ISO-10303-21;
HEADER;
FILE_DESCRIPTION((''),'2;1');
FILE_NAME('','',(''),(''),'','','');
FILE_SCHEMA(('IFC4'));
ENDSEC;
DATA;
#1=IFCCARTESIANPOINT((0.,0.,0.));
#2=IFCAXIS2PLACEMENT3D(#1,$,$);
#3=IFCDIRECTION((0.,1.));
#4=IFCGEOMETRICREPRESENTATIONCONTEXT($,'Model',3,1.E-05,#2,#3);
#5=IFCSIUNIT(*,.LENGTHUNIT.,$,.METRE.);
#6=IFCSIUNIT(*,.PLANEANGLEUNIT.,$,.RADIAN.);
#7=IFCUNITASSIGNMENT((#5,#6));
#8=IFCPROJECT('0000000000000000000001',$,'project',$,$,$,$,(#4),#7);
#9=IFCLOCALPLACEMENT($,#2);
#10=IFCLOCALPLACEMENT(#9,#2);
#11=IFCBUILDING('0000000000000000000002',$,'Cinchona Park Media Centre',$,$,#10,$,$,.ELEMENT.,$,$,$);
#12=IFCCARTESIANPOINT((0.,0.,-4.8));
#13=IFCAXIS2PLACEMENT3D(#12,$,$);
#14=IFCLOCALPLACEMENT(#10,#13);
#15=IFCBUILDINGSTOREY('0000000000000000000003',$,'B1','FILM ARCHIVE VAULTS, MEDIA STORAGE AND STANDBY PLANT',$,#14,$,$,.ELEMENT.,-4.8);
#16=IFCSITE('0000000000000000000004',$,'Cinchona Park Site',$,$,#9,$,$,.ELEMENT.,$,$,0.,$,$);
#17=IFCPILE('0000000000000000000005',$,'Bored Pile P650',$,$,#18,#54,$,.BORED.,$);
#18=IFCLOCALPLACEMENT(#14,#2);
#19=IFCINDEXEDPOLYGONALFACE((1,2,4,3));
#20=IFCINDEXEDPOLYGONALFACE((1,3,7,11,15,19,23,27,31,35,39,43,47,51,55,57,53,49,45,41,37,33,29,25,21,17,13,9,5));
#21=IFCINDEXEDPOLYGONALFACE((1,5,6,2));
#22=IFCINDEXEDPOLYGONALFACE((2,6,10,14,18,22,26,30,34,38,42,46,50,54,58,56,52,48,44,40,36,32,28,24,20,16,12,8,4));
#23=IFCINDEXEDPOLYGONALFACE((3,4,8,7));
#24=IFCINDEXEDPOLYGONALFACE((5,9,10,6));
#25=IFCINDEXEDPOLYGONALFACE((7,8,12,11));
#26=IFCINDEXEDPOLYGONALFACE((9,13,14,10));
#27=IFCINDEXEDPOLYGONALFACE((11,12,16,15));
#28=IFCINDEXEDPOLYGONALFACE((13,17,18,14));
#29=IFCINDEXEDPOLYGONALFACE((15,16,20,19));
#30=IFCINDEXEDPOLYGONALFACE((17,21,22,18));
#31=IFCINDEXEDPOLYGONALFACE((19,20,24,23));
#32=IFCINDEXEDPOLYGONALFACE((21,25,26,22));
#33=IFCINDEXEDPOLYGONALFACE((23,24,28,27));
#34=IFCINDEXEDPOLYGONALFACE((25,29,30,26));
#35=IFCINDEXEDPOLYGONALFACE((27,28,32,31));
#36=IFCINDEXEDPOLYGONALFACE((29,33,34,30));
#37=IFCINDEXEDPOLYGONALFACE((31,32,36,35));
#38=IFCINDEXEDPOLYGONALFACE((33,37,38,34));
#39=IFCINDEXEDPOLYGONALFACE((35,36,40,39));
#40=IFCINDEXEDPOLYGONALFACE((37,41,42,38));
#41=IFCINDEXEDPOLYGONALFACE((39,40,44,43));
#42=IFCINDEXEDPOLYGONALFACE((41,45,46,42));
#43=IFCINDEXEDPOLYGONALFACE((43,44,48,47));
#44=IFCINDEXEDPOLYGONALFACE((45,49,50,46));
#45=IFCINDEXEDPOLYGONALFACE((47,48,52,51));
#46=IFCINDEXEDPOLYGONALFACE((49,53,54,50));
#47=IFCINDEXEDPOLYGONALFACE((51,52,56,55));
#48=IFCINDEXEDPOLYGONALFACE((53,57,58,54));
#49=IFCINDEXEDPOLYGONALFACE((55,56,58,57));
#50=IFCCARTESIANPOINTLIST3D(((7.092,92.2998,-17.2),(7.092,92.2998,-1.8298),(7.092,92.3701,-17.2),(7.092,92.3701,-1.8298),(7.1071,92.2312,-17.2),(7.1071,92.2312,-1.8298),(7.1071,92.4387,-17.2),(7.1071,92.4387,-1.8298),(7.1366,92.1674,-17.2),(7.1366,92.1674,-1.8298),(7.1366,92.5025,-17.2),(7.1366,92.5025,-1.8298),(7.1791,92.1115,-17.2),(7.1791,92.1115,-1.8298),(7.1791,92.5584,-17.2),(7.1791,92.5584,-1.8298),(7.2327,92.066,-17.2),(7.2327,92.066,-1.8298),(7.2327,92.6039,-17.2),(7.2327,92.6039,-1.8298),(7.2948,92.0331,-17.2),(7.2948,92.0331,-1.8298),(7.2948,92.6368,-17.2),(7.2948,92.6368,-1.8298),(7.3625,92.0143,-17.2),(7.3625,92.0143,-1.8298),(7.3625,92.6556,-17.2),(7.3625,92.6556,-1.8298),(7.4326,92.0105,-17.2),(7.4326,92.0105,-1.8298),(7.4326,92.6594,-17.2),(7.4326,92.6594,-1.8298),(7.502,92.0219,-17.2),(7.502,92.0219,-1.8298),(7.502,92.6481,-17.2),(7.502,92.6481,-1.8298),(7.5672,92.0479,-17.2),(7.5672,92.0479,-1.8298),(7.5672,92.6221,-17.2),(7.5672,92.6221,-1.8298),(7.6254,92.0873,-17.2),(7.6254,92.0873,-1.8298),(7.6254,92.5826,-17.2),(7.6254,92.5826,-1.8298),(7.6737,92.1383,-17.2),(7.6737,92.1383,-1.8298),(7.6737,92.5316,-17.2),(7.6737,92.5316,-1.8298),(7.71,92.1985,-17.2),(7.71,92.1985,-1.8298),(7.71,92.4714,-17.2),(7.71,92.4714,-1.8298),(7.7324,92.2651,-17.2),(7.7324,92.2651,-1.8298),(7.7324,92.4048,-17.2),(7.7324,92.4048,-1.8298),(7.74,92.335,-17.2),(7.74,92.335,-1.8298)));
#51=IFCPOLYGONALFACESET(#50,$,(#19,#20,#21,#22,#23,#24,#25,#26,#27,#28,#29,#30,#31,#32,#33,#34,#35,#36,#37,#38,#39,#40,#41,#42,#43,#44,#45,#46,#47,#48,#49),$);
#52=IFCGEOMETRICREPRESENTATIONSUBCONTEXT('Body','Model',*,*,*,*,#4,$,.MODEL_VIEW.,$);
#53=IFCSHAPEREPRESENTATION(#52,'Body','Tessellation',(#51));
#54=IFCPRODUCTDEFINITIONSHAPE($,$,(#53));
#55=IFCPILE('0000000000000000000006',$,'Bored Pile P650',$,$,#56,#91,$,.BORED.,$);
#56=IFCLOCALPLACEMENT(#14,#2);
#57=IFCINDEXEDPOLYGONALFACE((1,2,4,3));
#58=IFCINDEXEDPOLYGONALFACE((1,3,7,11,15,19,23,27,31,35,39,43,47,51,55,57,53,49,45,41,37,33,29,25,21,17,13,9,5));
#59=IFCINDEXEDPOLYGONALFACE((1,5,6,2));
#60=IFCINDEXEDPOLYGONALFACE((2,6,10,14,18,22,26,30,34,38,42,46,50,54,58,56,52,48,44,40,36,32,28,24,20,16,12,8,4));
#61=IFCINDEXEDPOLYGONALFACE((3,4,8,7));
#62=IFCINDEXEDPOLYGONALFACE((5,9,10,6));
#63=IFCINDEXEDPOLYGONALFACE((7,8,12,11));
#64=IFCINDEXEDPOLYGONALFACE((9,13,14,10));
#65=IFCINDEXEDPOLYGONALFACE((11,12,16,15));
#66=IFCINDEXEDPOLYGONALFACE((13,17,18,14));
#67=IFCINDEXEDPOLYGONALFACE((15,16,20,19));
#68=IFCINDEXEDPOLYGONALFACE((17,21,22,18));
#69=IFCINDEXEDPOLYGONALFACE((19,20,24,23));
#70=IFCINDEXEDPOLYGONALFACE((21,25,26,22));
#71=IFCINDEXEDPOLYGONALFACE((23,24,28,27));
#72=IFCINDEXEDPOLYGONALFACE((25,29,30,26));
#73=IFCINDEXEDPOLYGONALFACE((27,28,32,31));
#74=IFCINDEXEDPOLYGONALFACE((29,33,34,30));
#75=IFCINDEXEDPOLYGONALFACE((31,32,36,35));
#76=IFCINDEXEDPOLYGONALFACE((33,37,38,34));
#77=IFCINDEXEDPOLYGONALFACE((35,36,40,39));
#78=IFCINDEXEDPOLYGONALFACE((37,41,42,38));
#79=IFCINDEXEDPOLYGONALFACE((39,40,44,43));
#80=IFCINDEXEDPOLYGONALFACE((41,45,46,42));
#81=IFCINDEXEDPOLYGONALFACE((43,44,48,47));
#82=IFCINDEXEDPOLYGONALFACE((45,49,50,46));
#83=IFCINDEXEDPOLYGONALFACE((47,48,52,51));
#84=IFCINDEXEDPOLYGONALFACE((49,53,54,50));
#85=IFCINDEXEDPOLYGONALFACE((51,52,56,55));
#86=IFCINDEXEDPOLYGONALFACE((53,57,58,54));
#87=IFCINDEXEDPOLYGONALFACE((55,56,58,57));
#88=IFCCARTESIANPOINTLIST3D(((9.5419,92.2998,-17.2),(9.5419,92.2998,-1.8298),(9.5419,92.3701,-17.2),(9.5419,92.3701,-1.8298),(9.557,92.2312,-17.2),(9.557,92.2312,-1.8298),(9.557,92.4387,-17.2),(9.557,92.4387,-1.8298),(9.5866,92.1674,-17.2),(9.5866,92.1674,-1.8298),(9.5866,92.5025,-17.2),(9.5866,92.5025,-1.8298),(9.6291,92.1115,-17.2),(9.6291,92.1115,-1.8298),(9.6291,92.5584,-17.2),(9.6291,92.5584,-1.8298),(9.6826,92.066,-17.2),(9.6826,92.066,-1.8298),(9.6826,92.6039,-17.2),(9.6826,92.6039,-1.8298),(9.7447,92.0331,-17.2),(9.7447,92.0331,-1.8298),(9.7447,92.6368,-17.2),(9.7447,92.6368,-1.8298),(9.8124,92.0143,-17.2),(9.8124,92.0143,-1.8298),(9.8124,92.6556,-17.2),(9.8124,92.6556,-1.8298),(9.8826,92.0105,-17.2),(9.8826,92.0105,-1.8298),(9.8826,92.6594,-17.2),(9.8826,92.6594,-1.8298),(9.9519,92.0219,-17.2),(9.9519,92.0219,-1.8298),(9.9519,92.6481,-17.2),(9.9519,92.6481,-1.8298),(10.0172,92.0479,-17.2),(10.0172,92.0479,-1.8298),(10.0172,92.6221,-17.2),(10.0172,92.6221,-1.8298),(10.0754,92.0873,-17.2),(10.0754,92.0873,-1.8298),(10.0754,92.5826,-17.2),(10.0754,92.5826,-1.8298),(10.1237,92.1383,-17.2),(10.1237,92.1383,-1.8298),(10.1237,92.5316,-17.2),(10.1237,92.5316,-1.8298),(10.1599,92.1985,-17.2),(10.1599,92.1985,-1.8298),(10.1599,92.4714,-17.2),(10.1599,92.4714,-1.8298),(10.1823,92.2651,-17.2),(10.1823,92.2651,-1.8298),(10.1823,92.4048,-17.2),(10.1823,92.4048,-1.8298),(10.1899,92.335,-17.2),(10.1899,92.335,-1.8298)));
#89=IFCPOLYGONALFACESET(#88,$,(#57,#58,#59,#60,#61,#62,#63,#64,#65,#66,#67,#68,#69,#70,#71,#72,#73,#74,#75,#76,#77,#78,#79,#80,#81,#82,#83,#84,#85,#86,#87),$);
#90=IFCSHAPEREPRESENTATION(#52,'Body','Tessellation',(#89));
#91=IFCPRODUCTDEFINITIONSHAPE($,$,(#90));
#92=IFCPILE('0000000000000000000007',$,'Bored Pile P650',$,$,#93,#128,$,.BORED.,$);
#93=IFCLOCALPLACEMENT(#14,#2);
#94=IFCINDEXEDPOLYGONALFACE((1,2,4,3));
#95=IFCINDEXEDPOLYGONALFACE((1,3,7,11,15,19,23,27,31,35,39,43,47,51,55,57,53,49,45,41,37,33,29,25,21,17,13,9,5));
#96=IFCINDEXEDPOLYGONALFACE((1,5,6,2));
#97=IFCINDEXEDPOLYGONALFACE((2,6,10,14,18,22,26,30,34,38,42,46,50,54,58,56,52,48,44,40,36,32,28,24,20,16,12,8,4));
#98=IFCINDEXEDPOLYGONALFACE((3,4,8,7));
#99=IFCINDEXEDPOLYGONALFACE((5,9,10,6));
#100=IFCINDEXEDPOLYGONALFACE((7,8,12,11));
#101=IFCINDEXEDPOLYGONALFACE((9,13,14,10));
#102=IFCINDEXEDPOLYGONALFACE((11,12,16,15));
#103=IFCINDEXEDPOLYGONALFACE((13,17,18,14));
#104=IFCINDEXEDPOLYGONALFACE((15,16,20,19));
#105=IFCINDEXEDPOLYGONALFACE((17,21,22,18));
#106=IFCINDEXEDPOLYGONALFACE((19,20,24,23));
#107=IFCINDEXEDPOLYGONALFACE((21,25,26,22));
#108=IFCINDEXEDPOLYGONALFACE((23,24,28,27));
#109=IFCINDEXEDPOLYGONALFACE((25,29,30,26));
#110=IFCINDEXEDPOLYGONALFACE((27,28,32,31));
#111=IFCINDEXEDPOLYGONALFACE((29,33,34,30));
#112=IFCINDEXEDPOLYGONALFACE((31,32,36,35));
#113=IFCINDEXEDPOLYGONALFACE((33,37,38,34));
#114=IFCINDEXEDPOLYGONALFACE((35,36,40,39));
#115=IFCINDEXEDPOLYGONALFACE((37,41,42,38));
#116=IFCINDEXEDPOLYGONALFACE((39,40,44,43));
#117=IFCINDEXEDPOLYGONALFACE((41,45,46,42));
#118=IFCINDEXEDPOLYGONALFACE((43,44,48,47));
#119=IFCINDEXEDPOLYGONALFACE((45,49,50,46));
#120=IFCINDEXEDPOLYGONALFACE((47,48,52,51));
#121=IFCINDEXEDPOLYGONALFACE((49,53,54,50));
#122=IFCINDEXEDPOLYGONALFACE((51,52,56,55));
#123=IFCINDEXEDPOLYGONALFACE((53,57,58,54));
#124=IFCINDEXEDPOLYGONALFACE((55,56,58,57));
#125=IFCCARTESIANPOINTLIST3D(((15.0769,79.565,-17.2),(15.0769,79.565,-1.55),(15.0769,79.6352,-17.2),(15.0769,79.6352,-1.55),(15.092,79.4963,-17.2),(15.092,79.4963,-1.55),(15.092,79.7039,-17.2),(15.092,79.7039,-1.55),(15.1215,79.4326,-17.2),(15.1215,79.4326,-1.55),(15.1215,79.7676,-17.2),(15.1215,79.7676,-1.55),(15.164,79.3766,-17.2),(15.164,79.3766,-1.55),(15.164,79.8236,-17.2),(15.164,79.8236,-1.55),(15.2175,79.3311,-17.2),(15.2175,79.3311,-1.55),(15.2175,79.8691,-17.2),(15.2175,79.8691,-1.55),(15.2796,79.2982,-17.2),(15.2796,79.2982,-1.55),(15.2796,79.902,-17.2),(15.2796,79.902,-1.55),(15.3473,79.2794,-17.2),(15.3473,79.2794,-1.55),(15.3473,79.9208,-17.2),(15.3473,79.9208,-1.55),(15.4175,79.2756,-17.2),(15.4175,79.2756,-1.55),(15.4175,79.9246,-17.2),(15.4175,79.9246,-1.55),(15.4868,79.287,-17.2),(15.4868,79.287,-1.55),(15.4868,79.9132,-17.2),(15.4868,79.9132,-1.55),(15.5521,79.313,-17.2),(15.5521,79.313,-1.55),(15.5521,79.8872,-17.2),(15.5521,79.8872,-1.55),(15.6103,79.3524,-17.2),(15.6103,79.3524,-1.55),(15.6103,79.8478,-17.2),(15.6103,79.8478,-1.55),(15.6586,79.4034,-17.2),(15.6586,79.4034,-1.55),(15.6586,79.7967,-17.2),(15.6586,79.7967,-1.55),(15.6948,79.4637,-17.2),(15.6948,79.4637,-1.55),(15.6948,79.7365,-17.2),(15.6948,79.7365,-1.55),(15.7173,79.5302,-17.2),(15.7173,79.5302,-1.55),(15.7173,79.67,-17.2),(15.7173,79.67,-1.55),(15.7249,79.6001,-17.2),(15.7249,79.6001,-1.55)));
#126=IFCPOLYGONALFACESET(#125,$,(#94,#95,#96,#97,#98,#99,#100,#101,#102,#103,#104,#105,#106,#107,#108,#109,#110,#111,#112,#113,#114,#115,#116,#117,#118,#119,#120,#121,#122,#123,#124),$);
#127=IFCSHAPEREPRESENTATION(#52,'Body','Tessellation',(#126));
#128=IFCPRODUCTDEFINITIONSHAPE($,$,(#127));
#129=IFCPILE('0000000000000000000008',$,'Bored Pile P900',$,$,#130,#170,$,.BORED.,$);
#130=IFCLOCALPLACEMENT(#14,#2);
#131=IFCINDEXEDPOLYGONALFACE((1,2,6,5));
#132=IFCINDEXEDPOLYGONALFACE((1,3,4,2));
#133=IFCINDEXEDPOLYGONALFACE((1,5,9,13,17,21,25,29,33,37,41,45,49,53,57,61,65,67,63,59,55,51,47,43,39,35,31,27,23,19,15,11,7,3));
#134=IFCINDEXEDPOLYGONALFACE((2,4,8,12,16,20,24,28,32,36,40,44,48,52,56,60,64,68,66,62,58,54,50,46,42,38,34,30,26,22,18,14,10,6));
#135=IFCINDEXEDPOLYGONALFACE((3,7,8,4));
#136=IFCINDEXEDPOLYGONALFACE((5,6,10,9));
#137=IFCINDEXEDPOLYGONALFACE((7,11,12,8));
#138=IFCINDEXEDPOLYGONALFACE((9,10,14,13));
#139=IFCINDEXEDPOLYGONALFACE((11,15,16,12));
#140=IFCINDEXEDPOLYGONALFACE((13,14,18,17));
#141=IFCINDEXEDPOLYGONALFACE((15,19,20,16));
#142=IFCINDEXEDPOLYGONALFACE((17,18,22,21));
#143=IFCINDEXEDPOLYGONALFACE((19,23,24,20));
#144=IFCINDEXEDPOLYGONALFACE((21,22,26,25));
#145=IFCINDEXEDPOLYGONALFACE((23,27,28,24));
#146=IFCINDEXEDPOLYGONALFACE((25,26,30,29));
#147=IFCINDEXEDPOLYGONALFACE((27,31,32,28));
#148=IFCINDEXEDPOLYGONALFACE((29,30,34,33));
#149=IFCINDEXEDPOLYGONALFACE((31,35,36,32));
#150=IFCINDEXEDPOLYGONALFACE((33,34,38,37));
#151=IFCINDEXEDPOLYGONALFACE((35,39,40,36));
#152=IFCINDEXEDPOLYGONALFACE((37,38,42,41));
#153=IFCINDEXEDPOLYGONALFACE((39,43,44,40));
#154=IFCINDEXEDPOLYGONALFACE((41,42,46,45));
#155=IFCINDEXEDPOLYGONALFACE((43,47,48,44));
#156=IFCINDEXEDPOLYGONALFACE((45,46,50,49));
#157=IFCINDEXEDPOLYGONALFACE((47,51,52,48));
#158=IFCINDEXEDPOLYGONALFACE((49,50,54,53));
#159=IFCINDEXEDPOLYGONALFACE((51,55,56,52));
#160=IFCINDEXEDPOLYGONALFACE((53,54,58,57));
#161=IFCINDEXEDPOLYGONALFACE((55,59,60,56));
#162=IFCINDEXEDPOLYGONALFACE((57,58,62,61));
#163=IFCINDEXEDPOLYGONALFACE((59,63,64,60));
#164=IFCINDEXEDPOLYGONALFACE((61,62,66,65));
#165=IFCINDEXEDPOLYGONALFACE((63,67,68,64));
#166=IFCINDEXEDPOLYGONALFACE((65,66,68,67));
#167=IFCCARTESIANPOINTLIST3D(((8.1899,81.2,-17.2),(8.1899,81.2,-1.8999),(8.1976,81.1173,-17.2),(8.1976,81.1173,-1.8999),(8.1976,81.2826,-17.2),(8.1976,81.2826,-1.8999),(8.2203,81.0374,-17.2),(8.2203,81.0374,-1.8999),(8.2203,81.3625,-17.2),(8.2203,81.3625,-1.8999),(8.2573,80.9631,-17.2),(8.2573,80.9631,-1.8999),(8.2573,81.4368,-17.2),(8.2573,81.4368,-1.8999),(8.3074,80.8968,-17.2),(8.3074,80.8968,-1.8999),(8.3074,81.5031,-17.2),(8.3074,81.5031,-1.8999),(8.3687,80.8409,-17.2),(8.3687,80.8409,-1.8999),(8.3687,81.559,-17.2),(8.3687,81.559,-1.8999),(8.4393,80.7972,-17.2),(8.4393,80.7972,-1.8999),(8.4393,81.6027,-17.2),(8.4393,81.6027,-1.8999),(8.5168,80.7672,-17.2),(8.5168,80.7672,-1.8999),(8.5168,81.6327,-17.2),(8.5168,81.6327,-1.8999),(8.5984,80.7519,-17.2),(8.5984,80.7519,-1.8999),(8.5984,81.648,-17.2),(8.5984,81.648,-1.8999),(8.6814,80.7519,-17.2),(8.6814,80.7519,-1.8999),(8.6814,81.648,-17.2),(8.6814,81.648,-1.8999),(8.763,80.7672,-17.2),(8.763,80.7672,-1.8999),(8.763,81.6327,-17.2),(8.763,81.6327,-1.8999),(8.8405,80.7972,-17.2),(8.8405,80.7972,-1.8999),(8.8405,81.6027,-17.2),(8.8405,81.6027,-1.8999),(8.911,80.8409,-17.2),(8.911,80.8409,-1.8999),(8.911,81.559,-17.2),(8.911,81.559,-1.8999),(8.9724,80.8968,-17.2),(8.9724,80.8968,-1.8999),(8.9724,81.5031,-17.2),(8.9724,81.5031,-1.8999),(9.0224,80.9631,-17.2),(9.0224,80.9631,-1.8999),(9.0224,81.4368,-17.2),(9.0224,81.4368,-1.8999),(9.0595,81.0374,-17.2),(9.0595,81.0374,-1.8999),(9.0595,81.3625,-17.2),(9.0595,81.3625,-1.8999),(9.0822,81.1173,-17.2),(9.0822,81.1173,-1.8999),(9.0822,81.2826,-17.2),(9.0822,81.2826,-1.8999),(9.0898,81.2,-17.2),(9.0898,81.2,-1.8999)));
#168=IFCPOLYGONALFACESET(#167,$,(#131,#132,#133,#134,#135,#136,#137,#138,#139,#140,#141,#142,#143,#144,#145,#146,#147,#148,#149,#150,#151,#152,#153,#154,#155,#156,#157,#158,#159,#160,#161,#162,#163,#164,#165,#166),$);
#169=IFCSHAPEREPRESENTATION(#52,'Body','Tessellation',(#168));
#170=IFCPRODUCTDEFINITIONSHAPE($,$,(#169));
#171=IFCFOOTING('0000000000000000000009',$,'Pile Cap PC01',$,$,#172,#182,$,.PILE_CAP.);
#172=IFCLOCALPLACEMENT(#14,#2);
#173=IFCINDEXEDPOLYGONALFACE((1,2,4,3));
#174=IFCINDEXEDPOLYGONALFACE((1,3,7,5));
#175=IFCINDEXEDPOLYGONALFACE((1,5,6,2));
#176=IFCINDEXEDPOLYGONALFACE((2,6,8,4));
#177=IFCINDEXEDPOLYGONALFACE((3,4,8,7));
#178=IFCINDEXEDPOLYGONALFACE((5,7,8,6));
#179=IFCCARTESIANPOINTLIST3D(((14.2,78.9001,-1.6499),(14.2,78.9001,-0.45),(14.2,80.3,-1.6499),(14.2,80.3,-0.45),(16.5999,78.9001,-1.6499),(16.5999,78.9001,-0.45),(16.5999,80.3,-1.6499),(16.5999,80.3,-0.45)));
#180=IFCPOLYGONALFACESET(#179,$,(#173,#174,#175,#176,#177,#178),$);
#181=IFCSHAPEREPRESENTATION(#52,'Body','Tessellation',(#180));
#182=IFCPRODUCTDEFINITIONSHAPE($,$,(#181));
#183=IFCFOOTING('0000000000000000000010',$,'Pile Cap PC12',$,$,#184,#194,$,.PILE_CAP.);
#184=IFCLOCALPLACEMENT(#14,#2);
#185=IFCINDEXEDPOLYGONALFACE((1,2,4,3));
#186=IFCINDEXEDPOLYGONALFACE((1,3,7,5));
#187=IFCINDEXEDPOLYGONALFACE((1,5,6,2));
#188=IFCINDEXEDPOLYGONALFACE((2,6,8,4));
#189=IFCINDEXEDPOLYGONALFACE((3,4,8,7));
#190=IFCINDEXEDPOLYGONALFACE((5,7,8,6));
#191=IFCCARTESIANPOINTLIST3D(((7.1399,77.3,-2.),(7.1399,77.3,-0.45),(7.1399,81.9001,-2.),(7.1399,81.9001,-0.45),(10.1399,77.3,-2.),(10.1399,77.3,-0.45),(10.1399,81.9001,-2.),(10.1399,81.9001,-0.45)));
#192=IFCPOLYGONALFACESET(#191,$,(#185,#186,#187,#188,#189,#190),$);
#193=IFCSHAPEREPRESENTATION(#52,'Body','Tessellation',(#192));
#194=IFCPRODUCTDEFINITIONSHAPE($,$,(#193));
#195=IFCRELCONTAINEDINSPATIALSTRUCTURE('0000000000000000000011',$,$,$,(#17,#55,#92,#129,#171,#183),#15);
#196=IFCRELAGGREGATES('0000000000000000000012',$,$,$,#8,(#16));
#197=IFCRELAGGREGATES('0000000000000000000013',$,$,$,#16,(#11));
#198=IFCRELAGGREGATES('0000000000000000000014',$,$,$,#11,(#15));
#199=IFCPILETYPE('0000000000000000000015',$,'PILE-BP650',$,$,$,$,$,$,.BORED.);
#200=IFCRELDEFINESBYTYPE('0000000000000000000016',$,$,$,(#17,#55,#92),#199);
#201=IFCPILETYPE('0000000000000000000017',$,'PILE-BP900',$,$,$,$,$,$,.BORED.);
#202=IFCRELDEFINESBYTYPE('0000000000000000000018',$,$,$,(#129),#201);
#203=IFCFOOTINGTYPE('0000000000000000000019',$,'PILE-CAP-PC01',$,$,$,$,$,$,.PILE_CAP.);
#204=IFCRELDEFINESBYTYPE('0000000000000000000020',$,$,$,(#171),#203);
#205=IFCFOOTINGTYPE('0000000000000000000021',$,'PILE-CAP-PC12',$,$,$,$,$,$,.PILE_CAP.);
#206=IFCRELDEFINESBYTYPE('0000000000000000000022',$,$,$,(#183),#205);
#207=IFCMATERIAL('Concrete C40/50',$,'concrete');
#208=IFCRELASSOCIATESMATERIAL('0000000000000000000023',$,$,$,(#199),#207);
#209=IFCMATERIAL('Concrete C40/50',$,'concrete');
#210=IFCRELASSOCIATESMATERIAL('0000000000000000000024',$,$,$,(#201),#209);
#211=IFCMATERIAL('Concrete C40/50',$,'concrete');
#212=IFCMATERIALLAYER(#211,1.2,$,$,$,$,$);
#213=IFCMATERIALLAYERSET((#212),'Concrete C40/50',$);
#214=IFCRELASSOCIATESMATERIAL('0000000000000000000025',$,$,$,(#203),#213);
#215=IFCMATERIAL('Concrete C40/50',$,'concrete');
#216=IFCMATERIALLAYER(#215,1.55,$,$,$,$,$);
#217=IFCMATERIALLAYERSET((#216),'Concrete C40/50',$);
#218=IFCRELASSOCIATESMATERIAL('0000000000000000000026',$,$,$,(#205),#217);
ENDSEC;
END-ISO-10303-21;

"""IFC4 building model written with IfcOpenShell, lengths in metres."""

from ifc_helpers import new_model, si_unit, direction, frame, origin, origin_2d, place, context, subcontext, project, spatial, rectangle, circle, extrude, material, layer, layer_set, material_profile, profile_set, type_object, element, save


model = new_model("IFC4")

# Units and contexts
model_context = context("Model", 3, precision=1e-05, world=origin(), true_north=direction((0.0, 1.0)))
body_context = subcontext(model_context, "Body", "Model", "MODEL_VIEW")
ifc_project = project(units=[si_unit("LENGTHUNIT", "METRE"), si_unit("PLANEANGLEUNIT", "RADIAN")], contexts=[model_context])

# Site, building, storey
site_placement = place(None, origin())
site = spatial("IfcSite", under=ifc_project, at=site_placement, Name="Cinchona Park Site", CompositionType="ELEMENT", RefElevation=0.0)
building_placement = place(site_placement, origin())
building = spatial("IfcBuilding", under=site, at=building_placement, Name="Cinchona Park Media Centre", CompositionType="ELEMENT")
storey_placement = place(building_placement, frame((0.0, 0.0, -4.8)))
storey = spatial("IfcBuildingStorey", under=building, at=storey_placement, Name="B1", Description="FILM ARCHIVE VAULTS, MEDIA STORAGE AND STANDBY PLANT", CompositionType="ELEMENT", Elevation=-4.8)

# Piles
ifc_material_1 = material(Name="Concrete C40/50", Category="concrete")
ifc_material_profile_1 = material_profile(ifc_material_1, circle(Radius=0.325, at=origin_2d()), Name="BORED PILE 650")
ifc_profile_set_1 = profile_set([ifc_material_profile_1], Name="Concrete C40/50")
pile_type_1 = type_object("IfcPileType", Name="PILE-BP650", PredefinedType="BORED", material=ifc_profile_set_1)
for number, where, z_axis, x_axis, name in (
    (1, (7.415, 92.335, -1.8298), (0.0, 0.0, -1.0), (1.0, 0.0, 0.0), "Bored Pile P650"),
    (2, (9.865, 92.335, -1.8298), (0.0, 0.0, -1.0), (1.0, 0.0, 0.0), "Bored Pile P650"),
):
    element("IfcPile", number, at=place(storey_placement, frame(where, z_axis=z_axis, x_axis=x_axis)), inside=storey, type_object=pile_type_1, Name=name, PredefinedType="BORED", context=body_context, shape_type="SweptSolid", body=[
        extrude(circle(Radius=0.325, at=origin_2d()), origin(), (0.0, 0.0, 1.0), 15.3701),
    ])
pile_1_placement = place(storey_placement, frame((15.3999, 79.6001, -1.55), z_axis=(0.0, 0.0, -1.0), x_axis=(1.0, 0.0, 0.0)))
element("IfcPile", 3, at=pile_1_placement, inside=storey, type_object=pile_type_1, Name="Bored Pile P650", PredefinedType="BORED", context=body_context, shape_type="SweptSolid", body=[
    extrude(circle(Radius=0.325, at=origin_2d()), origin(), (0.0, 0.0, 1.0), 15.6499),
])
ifc_material_2 = material(Name="Concrete C40/50", Category="concrete")
ifc_material_profile_2 = material_profile(ifc_material_2, circle(Radius=0.45, at=origin_2d()), Name="BORED PILE 900")
ifc_profile_set_2 = profile_set([ifc_material_profile_2], Name="Concrete C40/50")
pile_type_2 = type_object("IfcPileType", Name="PILE-BP900", PredefinedType="BORED", material=ifc_profile_set_2)
pile_2_placement = place(storey_placement, frame((8.6399, 81.2, -1.8999), z_axis=(0.0, 0.0, -1.0), x_axis=(1.0, 0.0, 0.0)))
element("IfcPile", 4, at=pile_2_placement, inside=storey, type_object=pile_type_2, Name="Bored Pile P900", PredefinedType="BORED", context=body_context, shape_type="SweptSolid", body=[
    extrude(circle(Radius=0.45, at=origin_2d()), origin(), (0.0, 0.0, 1.0), 15.3),
])

# Footings
ifc_material_3 = material(Name="Concrete C40/50", Category="concrete")
ifc_layer_1 = layer(ifc_material_3, 1.2)
ifc_layer_set_1 = layer_set([ifc_layer_1], Name="Concrete C40/50")
footing_type_1 = type_object("IfcFootingType", Name="PILE-CAP-PC01", PredefinedType="PILE_CAP", material=ifc_layer_set_1)
footing_1_placement = place(storey_placement, frame((15.3999, 79.6001, -1.6499), z_axis=(0.0, 0.0, 1.0), x_axis=(1.0, 0.0, 0.0)))
element("IfcFooting", 5, at=footing_1_placement, inside=storey, type_object=footing_type_1, Name="Pile Cap PC01", PredefinedType="PILE_CAP", context=body_context, shape_type="SweptSolid", body=[
    extrude(rectangle(XDim=2.3999, YDim=1.3999, at=origin_2d()), origin(), (0.0, 0.0, 1.0), 1.2),
])
ifc_material_4 = material(Name="Concrete C40/50", Category="concrete")
ifc_layer_2 = layer(ifc_material_4, 1.55)
ifc_layer_set_2 = layer_set([ifc_layer_2], Name="Concrete C40/50")
footing_type_2 = type_object("IfcFootingType", Name="PILE-CAP-PC12", PredefinedType="PILE_CAP", material=ifc_layer_set_2)
footing_2_placement = place(storey_placement, frame((8.6399, 79.6001, -2.0), z_axis=(0.0, 0.0, 1.0), x_axis=(1.0, 0.0, 0.0)))
element("IfcFooting", 6, at=footing_2_placement, inside=storey, type_object=footing_type_2, Name="Pile Cap PC12", PredefinedType="PILE_CAP", context=body_context, shape_type="SweptSolid", body=[
    extrude(rectangle(XDim=3.0, YDim=4.6001, at=origin_2d()), origin(), (0.0, 0.0, 1.0), 1.55),
])

save(model, "model.ifc")
